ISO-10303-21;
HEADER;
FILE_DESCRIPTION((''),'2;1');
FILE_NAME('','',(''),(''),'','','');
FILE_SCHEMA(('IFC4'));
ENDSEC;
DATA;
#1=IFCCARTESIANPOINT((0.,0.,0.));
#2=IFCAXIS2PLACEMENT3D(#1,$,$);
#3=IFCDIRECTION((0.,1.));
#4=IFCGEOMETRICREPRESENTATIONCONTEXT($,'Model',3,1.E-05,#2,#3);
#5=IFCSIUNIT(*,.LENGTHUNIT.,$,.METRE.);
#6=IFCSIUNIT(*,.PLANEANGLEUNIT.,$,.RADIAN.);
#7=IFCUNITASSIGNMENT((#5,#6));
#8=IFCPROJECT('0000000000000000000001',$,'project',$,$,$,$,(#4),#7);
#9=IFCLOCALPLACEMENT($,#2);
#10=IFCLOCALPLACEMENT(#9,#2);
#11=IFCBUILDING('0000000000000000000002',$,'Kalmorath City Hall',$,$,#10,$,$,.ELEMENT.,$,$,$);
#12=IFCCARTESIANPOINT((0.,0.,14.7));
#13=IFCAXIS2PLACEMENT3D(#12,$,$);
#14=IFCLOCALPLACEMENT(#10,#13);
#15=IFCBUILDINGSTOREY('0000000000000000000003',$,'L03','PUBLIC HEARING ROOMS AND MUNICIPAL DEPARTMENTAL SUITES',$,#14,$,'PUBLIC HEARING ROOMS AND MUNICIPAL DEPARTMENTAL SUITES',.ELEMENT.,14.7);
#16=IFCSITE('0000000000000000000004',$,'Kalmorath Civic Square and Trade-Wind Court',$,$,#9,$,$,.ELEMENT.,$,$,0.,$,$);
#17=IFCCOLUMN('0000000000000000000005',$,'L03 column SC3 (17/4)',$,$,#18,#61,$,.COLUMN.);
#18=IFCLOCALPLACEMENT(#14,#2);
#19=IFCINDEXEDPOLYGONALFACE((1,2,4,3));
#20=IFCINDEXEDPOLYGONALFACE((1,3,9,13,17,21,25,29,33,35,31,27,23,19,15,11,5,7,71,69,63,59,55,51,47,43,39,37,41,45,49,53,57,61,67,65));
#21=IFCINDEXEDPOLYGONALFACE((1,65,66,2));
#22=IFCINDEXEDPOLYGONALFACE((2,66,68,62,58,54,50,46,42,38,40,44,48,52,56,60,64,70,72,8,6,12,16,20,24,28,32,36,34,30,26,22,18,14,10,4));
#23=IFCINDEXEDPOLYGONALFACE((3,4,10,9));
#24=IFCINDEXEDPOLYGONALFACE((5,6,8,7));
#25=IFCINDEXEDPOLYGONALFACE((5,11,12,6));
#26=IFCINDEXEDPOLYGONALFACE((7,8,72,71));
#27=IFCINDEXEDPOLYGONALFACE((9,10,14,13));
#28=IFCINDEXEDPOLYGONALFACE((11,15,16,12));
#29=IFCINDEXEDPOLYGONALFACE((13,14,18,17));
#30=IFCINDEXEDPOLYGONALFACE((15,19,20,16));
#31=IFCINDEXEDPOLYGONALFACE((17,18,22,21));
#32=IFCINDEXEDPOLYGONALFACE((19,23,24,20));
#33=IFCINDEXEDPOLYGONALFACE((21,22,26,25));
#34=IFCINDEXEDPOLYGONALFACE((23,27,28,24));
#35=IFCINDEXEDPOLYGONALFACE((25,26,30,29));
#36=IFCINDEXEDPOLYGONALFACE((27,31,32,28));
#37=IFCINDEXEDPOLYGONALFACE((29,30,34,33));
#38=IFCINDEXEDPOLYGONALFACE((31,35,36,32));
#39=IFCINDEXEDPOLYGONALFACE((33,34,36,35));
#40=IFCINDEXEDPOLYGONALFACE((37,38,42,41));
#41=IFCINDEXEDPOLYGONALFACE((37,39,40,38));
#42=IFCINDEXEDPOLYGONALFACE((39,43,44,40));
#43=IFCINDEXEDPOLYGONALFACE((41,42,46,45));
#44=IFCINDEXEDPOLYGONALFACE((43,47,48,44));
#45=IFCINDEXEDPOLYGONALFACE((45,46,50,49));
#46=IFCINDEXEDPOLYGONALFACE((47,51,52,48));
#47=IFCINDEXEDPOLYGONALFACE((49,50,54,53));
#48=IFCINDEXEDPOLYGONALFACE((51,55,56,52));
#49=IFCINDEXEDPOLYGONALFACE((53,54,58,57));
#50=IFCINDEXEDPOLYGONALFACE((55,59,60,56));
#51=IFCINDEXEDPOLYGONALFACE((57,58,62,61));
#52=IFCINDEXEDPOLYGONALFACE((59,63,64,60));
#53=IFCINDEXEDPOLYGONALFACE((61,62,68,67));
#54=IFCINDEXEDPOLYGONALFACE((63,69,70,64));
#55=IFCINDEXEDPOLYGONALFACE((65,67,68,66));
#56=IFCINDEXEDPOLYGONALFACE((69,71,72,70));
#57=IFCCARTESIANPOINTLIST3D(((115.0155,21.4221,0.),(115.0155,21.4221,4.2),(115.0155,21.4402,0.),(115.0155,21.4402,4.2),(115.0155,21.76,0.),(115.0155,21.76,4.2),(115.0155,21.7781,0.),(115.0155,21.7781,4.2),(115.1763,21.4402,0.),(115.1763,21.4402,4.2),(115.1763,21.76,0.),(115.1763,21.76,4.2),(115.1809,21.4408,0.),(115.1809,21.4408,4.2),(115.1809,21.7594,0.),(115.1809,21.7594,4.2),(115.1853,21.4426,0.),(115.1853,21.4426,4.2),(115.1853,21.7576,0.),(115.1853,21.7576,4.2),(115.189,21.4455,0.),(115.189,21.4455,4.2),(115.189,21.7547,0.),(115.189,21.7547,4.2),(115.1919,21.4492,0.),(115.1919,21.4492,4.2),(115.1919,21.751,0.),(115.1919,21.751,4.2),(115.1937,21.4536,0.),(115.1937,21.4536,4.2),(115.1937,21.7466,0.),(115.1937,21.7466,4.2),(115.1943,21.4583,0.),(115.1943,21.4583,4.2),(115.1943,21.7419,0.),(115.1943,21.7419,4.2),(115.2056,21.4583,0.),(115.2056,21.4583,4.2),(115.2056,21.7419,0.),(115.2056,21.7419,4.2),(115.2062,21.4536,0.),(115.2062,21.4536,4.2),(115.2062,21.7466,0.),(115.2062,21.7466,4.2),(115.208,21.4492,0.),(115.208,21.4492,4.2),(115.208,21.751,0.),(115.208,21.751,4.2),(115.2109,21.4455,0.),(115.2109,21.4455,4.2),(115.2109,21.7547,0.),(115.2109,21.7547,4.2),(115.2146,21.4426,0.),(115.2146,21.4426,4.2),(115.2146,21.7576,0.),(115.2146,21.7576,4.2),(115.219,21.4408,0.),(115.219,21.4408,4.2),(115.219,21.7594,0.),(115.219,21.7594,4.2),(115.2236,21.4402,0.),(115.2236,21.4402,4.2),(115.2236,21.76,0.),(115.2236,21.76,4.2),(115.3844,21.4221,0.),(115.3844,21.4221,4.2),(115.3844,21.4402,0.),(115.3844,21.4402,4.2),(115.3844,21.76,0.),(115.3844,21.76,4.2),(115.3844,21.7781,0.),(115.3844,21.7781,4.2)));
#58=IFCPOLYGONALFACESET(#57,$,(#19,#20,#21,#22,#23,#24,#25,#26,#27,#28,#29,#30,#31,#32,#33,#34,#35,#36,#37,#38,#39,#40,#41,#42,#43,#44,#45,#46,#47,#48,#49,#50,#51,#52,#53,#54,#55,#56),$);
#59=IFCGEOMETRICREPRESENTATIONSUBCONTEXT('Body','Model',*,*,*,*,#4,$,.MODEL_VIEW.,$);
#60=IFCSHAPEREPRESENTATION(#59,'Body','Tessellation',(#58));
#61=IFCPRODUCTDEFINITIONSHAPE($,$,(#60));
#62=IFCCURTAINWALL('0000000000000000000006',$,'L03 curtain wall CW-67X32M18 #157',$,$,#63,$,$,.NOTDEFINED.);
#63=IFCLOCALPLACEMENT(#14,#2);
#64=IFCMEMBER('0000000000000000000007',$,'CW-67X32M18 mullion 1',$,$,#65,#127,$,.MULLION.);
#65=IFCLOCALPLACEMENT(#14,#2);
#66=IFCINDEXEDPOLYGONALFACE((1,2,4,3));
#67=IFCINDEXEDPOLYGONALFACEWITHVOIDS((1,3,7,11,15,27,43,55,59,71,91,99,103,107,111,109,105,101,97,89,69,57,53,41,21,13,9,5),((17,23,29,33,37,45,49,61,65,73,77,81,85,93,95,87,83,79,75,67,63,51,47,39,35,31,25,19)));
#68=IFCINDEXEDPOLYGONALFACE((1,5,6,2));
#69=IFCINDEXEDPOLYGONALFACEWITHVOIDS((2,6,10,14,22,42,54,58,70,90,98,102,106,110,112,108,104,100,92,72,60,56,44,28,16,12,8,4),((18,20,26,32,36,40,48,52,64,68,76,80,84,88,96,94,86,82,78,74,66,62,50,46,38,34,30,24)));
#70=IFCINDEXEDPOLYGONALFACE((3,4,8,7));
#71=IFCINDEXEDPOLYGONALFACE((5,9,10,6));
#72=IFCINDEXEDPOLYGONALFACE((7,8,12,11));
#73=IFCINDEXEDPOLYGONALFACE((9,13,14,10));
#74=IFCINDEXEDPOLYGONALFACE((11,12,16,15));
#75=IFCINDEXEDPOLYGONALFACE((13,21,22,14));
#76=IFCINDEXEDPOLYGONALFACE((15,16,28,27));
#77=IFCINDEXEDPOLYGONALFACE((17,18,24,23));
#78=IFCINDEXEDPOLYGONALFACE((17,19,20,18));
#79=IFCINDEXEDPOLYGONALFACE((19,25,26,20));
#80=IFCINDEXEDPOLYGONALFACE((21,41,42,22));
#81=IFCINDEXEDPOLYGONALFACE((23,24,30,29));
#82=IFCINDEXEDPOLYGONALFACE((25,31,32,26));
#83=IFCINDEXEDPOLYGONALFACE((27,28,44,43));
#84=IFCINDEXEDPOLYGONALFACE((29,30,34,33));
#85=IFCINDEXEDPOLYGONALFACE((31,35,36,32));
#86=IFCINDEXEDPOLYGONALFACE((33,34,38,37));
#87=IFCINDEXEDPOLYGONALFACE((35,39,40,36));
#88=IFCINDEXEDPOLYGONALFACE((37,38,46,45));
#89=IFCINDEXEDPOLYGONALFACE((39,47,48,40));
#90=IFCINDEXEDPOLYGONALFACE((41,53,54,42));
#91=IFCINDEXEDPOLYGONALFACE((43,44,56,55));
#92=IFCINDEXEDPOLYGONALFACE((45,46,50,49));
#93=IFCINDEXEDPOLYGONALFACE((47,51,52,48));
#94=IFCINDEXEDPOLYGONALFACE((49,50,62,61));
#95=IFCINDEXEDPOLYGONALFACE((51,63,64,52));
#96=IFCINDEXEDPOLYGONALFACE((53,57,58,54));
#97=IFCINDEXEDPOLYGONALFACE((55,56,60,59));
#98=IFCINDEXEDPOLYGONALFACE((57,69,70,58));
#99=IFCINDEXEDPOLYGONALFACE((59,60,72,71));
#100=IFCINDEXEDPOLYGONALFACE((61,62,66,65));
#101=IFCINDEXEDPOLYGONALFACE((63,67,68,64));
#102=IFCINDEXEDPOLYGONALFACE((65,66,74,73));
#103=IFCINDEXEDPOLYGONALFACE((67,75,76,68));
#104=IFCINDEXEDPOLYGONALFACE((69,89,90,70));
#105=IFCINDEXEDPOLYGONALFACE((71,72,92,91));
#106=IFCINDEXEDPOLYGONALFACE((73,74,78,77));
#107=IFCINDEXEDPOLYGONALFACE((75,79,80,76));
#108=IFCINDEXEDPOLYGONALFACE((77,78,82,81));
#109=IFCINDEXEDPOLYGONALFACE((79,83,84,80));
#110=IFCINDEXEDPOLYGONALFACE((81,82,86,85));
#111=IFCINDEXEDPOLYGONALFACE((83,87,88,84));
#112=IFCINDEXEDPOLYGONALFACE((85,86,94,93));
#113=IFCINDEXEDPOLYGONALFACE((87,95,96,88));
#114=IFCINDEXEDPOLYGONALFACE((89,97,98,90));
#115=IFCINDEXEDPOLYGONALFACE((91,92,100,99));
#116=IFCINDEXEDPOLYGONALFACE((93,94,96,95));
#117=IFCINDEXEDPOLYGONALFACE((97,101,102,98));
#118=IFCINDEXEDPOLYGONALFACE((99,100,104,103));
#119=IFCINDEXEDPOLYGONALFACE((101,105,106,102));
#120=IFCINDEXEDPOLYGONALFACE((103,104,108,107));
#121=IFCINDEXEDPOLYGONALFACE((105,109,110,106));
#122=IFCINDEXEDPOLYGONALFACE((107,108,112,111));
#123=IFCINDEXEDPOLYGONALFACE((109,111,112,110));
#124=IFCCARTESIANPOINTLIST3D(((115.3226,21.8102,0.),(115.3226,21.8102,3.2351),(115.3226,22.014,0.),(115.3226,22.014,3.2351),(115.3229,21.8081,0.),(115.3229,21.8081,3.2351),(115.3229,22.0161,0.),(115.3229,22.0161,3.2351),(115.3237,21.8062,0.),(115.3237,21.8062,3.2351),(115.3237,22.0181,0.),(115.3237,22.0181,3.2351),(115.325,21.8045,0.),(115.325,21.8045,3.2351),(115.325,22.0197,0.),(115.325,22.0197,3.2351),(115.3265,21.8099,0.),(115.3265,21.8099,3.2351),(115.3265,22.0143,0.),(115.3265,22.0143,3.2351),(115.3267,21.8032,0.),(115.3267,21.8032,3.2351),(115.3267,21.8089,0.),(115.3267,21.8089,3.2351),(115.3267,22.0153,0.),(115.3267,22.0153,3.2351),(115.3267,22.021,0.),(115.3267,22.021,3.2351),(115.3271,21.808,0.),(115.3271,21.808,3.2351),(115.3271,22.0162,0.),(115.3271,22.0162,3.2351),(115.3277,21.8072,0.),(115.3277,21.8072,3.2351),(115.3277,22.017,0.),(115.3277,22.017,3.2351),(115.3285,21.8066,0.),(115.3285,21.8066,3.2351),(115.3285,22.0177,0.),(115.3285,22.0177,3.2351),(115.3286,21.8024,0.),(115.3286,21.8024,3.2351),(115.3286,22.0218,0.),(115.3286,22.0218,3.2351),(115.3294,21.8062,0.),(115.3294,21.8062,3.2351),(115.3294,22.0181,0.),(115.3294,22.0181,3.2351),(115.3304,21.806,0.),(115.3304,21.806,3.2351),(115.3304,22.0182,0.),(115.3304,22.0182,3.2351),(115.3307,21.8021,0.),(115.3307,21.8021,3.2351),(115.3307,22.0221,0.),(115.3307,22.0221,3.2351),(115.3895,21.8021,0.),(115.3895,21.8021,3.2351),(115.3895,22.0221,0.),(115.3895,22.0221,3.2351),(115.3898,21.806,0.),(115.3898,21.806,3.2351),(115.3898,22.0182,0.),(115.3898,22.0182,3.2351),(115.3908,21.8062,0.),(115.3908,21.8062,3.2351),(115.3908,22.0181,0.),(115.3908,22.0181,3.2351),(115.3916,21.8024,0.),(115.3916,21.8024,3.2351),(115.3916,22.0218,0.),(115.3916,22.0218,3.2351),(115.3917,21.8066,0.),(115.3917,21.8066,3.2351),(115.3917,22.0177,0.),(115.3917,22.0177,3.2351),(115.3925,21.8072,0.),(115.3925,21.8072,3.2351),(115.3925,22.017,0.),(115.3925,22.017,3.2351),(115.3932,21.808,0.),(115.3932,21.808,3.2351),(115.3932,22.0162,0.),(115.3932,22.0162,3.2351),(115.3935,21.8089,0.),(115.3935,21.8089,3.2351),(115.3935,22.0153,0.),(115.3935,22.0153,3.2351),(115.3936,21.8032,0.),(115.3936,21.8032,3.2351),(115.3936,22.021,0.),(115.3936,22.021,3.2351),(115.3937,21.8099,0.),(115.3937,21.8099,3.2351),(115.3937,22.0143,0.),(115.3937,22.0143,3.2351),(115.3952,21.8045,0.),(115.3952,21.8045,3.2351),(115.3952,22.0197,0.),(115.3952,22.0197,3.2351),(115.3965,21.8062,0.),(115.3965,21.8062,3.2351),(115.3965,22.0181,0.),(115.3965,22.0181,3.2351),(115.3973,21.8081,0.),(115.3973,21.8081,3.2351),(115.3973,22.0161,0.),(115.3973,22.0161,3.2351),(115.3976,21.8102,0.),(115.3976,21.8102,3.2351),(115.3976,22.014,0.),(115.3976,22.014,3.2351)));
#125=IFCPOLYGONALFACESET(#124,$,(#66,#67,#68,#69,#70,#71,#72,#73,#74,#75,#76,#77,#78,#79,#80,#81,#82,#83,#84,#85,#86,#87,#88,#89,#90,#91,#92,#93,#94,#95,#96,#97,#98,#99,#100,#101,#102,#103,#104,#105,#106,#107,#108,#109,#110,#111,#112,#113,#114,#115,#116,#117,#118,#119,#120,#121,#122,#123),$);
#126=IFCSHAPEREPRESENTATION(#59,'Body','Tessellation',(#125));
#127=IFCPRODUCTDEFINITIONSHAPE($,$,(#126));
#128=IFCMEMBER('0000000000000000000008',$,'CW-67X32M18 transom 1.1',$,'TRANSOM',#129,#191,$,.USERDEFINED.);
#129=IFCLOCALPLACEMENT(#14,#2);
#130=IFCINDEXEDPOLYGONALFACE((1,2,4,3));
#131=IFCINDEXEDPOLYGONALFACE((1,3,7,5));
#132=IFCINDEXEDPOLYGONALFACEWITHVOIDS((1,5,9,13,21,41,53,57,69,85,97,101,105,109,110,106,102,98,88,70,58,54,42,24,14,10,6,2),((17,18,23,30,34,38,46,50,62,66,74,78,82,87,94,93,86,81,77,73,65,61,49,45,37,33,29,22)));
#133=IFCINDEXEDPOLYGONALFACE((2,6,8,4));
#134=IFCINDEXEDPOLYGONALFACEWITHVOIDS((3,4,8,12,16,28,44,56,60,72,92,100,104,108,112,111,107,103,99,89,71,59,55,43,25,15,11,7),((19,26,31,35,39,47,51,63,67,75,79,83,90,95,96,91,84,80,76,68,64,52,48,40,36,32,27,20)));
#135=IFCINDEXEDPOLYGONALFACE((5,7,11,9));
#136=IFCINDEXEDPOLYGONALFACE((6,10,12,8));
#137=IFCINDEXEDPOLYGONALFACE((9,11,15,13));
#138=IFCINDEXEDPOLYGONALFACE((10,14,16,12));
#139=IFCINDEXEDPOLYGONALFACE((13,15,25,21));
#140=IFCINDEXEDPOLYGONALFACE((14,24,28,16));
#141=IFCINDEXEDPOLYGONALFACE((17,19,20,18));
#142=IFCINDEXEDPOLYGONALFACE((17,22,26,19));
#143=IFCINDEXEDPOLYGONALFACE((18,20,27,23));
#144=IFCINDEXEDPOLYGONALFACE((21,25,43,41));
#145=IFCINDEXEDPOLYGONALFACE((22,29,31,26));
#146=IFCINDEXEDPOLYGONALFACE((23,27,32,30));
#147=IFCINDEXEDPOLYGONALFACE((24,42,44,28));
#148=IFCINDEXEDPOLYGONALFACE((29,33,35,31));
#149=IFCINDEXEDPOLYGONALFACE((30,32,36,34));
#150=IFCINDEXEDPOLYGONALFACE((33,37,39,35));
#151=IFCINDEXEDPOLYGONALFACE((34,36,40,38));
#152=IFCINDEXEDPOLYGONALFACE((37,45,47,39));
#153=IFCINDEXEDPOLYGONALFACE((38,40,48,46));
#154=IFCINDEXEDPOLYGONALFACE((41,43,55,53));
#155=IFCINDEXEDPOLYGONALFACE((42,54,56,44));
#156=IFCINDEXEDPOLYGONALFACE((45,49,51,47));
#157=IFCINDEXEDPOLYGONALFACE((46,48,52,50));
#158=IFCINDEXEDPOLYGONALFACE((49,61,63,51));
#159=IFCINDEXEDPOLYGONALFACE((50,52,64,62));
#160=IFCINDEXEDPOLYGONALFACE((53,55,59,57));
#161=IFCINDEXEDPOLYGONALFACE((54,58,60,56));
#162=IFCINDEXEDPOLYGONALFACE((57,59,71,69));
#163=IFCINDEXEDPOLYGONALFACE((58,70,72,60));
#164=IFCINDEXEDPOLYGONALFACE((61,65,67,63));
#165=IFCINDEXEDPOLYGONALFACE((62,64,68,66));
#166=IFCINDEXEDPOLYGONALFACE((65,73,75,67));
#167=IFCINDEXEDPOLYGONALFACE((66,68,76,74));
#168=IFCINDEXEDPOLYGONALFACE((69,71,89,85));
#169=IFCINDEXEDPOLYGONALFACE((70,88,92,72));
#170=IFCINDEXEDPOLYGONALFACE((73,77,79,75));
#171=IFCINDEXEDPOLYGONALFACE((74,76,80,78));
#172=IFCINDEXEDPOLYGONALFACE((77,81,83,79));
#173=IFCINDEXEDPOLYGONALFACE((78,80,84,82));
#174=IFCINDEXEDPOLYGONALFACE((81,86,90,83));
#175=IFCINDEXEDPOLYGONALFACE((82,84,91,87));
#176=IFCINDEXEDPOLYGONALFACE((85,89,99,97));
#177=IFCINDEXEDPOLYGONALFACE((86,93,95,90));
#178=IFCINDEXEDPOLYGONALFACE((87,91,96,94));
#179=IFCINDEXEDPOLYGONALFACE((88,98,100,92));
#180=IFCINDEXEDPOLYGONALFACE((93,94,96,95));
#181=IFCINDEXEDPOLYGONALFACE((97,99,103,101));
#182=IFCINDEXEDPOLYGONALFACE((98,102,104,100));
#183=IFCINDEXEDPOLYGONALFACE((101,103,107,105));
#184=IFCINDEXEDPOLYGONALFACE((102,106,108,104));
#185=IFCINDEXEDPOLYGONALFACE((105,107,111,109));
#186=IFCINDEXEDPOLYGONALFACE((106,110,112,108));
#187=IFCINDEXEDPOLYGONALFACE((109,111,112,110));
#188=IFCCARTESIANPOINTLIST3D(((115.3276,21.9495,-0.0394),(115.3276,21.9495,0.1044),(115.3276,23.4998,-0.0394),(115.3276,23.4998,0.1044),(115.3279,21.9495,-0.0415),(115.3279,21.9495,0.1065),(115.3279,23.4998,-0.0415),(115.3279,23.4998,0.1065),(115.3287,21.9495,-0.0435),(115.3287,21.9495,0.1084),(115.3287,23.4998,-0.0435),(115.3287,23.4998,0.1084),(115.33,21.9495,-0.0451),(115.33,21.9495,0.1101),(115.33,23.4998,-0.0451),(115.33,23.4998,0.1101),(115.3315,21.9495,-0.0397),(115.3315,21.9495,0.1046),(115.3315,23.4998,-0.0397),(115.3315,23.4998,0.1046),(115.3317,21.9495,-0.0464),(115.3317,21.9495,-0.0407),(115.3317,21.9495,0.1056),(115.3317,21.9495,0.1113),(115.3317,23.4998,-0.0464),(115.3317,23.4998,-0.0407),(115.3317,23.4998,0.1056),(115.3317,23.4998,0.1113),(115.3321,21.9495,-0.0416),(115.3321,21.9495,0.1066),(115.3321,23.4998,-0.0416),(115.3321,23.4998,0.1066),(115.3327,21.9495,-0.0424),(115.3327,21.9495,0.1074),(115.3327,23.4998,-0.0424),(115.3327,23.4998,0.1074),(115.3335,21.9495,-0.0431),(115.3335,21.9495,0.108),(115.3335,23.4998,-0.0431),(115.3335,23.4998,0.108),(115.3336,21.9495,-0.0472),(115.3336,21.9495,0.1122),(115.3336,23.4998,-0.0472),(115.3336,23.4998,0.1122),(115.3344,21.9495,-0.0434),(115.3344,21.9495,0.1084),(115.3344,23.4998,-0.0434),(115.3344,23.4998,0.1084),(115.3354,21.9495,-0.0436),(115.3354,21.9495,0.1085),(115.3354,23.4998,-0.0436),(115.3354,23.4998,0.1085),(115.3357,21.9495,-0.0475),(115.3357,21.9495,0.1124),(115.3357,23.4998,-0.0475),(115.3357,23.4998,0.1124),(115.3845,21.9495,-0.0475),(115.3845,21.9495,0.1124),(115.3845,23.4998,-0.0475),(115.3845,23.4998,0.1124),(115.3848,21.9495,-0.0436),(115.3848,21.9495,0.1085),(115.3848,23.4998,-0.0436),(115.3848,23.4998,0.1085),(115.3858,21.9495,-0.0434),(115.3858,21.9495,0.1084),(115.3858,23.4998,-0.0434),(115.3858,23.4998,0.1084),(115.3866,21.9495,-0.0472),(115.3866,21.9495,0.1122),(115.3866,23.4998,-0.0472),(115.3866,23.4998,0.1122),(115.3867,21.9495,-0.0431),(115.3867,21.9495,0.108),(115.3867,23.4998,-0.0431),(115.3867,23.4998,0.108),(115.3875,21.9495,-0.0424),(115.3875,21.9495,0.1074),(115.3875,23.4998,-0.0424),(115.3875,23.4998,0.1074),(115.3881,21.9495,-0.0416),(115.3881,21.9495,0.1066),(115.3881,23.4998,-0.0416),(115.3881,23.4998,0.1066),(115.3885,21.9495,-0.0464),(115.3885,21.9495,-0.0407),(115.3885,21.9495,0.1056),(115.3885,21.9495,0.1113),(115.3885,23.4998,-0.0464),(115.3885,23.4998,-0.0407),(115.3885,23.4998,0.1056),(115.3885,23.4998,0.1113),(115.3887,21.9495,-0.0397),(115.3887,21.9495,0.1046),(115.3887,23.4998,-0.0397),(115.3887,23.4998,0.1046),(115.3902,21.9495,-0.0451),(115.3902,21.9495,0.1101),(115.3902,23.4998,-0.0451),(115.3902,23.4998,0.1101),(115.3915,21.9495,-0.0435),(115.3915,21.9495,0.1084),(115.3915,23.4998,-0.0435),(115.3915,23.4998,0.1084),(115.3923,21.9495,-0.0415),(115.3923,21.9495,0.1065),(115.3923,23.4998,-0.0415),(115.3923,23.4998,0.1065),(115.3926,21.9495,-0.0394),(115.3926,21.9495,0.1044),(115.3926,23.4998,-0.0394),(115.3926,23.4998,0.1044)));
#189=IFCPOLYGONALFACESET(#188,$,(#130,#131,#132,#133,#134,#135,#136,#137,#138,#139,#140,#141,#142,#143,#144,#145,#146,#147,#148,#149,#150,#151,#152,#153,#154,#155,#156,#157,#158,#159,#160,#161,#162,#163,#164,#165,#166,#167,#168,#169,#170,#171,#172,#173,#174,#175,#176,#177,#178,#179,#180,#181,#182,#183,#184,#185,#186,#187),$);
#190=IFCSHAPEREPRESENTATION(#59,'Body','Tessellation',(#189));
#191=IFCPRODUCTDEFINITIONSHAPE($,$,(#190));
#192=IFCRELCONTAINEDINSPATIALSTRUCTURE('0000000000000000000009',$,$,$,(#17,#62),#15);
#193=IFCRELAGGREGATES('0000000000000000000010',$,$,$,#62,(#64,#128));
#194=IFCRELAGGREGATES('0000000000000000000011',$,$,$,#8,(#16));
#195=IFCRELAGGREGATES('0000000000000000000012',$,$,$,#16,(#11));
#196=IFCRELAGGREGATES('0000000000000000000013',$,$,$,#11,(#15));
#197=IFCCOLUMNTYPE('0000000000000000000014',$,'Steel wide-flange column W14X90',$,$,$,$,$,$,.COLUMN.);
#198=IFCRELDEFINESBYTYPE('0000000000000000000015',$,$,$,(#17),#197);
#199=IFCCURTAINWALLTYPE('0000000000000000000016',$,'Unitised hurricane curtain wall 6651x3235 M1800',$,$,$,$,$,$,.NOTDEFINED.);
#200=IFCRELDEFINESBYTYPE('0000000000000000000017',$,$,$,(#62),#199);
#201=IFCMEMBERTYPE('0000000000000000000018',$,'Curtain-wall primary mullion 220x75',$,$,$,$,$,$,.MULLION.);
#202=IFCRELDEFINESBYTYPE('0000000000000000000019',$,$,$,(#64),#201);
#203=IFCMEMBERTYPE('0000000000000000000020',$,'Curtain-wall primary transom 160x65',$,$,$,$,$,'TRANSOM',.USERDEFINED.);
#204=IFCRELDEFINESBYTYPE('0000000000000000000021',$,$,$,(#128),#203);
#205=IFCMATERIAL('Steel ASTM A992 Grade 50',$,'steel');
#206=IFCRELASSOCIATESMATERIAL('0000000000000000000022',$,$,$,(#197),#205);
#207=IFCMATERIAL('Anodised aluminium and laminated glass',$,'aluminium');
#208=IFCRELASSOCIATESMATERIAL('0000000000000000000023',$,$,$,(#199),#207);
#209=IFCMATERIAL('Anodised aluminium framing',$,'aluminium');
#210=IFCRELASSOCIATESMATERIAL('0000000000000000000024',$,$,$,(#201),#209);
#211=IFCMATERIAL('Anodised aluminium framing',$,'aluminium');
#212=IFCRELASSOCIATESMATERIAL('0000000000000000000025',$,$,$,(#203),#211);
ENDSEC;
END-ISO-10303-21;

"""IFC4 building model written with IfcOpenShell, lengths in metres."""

from ifc_helpers import new_model, si_unit, direction, frame, origin, origin_2d, place, context, subcontext, project, spatial, hollow_rectangle, i_section, extrude, material, material_profile, profile_set, type_object, element, aggregate, save


model = new_model("IFC4")

# Units and contexts
model_context = context("Model", 3, precision=1e-05, world=origin(), true_north=direction((0.0, 1.0)))
body_context = subcontext(model_context, "Body", "Model", "MODEL_VIEW")
ifc_project = project(units=[si_unit("LENGTHUNIT", "METRE"), si_unit("PLANEANGLEUNIT", "RADIAN")], contexts=[model_context])

# Site, building, storey
site_placement = place(None, origin())
site = spatial("IfcSite", under=ifc_project, at=site_placement, Name="Kalmorath Civic Square and Trade-Wind Court", CompositionType="ELEMENT", RefElevation=0.0)
building_placement = place(site_placement, origin())
building = spatial("IfcBuilding", under=site, at=building_placement, Name="Kalmorath City Hall", CompositionType="ELEMENT")
storey_placement = place(building_placement, frame((0.0, 0.0, 14.7)))
storey = spatial("IfcBuildingStorey", under=building, at=storey_placement, Name="L03", Description="PUBLIC HEARING ROOMS AND MUNICIPAL DEPARTMENTAL SUITES", LongName="PUBLIC HEARING ROOMS AND MUNICIPAL DEPARTMENTAL SUITES", CompositionType="ELEMENT", Elevation=14.7)

# Column
ifc_material_1 = material(Name="Steel ASTM A992 Grade 50", Category="steel")
ifc_material_profile_1 = material_profile(ifc_material_1, i_section(OverallWidth=0.3689, OverallDepth=0.356, WebThickness=0.0112, FlangeThickness=0.0181, FilletRadius=0.0181, at=origin_2d()), Name="W14X90")
ifc_profile_set_1 = profile_set([ifc_material_profile_1], Name="Steel ASTM A992 Grade 50")
column_type_1 = type_object("IfcColumnType", Name="Steel wide-flange column W14X90", PredefinedType="COLUMN", material=ifc_profile_set_1)
for number, where, z_axis, x_axis, name in (
    (1, (115.2, 21.6001, 0.0), (0.0, 0.0, 1.0), (1.0, 0.0, 0.0), "L03 column SC3 (17/4)"),
):
    element("IfcColumn", number, at=place(storey_placement, frame(where, z_axis=z_axis, x_axis=x_axis)), inside=storey, type_object=column_type_1, Name=name, PredefinedType="COLUMN", context=body_context, shape_type="SweptSolid", body=[
        extrude(i_section(OverallWidth=0.3689, OverallDepth=0.356, WebThickness=0.0112, FlangeThickness=0.0181, FilletRadius=0.0181, at=origin_2d()), origin(), (0.0, 0.0, 1.0), 4.2),
    ])

# Curtain wall, members
ifc_material_2 = material(Name="Anodised aluminium and laminated glass", Category="aluminium")
curtain_wall_type = type_object("IfcCurtainWallType", Name="Unitised hurricane curtain wall 6651x3235 M1800", PredefinedType="NOTDEFINED", material=ifc_material_2)
curtain_wall_placement = place(storey_placement, origin())
curtain_wall = element("IfcCurtainWall", 2, at=curtain_wall_placement, inside=storey, type_object=curtain_wall_type, Name="L03 curtain wall CW-67X32M18 #157", PredefinedType="NOTDEFINED")
ifc_material_3 = material(Name="Anodised aluminium framing", Category="aluminium")
ifc_material_profile_2 = material_profile(ifc_material_3, hollow_rectangle(XDim=0.075, YDim=0.22, WallThickness=0.0039, InnerFilletRadius=0.0039, OuterFilletRadius=0.0081, at=origin_2d()), Name="ALU-MUL-220X75X4")
ifc_profile_set_2 = profile_set([ifc_material_profile_2], Name="Anodised aluminium framing")
member_type_1 = type_object("IfcMemberType", Name="Curtain-wall primary mullion 220x75", PredefinedType="MULLION", material=ifc_profile_set_2)
member_1_placement = place(storey_placement, frame((115.3601, 21.9121, 0.0), z_axis=(0.0, 0.0, 1.0), x_axis=(-1.0, 0.0, 0.0)))
member_1 = element("IfcMember", 3, at=member_1_placement, type_object=member_type_1, Name="CW-67X32M18 mullion 1", PredefinedType="MULLION", context=body_context, shape_type="SweptSolid", body=[
    extrude(hollow_rectangle(XDim=0.075, YDim=0.22, WallThickness=0.0039, InnerFilletRadius=0.0039, OuterFilletRadius=0.0081, at=origin_2d()), origin(), (0.0, 0.0, 1.0), 3.2351),
])
ifc_material_4 = material(Name="Anodised aluminium framing", Category="aluminium")
ifc_material_profile_3 = material_profile(ifc_material_4, hollow_rectangle(XDim=0.0649, YDim=0.1599, WallThickness=0.0039, InnerFilletRadius=0.0039, OuterFilletRadius=0.0081, at=origin_2d()), Name="ALU-TRN-160X65X4")
ifc_profile_set_3 = profile_set([ifc_material_profile_3], Name="Anodised aluminium framing")
member_type_2 = type_object("IfcMemberType", Name="Curtain-wall primary transom 160x65", ElementType="TRANSOM", PredefinedType="USERDEFINED", material=ifc_profile_set_3)
member_2_placement = place(storey_placement, frame((115.3601, 21.9495, 0.0325), z_axis=(0.0, 1.0, 0.0), x_axis=(-1.0, 0.0, 0.0)))
member_2 = element("IfcMember", 4, at=member_2_placement, type_object=member_type_2, Name="CW-67X32M18 transom 1.1", ObjectType="TRANSOM", PredefinedType="USERDEFINED", context=body_context, shape_type="SweptSolid", body=[
    extrude(hollow_rectangle(XDim=0.0649, YDim=0.1599, WallThickness=0.0039, InnerFilletRadius=0.0039, OuterFilletRadius=0.0081, at=origin_2d()), origin(), (0.0, 0.0, 1.0), 1.5503),
])
aggregate(curtain_wall, [member_1, member_2])

save(model, "model.ifc")
